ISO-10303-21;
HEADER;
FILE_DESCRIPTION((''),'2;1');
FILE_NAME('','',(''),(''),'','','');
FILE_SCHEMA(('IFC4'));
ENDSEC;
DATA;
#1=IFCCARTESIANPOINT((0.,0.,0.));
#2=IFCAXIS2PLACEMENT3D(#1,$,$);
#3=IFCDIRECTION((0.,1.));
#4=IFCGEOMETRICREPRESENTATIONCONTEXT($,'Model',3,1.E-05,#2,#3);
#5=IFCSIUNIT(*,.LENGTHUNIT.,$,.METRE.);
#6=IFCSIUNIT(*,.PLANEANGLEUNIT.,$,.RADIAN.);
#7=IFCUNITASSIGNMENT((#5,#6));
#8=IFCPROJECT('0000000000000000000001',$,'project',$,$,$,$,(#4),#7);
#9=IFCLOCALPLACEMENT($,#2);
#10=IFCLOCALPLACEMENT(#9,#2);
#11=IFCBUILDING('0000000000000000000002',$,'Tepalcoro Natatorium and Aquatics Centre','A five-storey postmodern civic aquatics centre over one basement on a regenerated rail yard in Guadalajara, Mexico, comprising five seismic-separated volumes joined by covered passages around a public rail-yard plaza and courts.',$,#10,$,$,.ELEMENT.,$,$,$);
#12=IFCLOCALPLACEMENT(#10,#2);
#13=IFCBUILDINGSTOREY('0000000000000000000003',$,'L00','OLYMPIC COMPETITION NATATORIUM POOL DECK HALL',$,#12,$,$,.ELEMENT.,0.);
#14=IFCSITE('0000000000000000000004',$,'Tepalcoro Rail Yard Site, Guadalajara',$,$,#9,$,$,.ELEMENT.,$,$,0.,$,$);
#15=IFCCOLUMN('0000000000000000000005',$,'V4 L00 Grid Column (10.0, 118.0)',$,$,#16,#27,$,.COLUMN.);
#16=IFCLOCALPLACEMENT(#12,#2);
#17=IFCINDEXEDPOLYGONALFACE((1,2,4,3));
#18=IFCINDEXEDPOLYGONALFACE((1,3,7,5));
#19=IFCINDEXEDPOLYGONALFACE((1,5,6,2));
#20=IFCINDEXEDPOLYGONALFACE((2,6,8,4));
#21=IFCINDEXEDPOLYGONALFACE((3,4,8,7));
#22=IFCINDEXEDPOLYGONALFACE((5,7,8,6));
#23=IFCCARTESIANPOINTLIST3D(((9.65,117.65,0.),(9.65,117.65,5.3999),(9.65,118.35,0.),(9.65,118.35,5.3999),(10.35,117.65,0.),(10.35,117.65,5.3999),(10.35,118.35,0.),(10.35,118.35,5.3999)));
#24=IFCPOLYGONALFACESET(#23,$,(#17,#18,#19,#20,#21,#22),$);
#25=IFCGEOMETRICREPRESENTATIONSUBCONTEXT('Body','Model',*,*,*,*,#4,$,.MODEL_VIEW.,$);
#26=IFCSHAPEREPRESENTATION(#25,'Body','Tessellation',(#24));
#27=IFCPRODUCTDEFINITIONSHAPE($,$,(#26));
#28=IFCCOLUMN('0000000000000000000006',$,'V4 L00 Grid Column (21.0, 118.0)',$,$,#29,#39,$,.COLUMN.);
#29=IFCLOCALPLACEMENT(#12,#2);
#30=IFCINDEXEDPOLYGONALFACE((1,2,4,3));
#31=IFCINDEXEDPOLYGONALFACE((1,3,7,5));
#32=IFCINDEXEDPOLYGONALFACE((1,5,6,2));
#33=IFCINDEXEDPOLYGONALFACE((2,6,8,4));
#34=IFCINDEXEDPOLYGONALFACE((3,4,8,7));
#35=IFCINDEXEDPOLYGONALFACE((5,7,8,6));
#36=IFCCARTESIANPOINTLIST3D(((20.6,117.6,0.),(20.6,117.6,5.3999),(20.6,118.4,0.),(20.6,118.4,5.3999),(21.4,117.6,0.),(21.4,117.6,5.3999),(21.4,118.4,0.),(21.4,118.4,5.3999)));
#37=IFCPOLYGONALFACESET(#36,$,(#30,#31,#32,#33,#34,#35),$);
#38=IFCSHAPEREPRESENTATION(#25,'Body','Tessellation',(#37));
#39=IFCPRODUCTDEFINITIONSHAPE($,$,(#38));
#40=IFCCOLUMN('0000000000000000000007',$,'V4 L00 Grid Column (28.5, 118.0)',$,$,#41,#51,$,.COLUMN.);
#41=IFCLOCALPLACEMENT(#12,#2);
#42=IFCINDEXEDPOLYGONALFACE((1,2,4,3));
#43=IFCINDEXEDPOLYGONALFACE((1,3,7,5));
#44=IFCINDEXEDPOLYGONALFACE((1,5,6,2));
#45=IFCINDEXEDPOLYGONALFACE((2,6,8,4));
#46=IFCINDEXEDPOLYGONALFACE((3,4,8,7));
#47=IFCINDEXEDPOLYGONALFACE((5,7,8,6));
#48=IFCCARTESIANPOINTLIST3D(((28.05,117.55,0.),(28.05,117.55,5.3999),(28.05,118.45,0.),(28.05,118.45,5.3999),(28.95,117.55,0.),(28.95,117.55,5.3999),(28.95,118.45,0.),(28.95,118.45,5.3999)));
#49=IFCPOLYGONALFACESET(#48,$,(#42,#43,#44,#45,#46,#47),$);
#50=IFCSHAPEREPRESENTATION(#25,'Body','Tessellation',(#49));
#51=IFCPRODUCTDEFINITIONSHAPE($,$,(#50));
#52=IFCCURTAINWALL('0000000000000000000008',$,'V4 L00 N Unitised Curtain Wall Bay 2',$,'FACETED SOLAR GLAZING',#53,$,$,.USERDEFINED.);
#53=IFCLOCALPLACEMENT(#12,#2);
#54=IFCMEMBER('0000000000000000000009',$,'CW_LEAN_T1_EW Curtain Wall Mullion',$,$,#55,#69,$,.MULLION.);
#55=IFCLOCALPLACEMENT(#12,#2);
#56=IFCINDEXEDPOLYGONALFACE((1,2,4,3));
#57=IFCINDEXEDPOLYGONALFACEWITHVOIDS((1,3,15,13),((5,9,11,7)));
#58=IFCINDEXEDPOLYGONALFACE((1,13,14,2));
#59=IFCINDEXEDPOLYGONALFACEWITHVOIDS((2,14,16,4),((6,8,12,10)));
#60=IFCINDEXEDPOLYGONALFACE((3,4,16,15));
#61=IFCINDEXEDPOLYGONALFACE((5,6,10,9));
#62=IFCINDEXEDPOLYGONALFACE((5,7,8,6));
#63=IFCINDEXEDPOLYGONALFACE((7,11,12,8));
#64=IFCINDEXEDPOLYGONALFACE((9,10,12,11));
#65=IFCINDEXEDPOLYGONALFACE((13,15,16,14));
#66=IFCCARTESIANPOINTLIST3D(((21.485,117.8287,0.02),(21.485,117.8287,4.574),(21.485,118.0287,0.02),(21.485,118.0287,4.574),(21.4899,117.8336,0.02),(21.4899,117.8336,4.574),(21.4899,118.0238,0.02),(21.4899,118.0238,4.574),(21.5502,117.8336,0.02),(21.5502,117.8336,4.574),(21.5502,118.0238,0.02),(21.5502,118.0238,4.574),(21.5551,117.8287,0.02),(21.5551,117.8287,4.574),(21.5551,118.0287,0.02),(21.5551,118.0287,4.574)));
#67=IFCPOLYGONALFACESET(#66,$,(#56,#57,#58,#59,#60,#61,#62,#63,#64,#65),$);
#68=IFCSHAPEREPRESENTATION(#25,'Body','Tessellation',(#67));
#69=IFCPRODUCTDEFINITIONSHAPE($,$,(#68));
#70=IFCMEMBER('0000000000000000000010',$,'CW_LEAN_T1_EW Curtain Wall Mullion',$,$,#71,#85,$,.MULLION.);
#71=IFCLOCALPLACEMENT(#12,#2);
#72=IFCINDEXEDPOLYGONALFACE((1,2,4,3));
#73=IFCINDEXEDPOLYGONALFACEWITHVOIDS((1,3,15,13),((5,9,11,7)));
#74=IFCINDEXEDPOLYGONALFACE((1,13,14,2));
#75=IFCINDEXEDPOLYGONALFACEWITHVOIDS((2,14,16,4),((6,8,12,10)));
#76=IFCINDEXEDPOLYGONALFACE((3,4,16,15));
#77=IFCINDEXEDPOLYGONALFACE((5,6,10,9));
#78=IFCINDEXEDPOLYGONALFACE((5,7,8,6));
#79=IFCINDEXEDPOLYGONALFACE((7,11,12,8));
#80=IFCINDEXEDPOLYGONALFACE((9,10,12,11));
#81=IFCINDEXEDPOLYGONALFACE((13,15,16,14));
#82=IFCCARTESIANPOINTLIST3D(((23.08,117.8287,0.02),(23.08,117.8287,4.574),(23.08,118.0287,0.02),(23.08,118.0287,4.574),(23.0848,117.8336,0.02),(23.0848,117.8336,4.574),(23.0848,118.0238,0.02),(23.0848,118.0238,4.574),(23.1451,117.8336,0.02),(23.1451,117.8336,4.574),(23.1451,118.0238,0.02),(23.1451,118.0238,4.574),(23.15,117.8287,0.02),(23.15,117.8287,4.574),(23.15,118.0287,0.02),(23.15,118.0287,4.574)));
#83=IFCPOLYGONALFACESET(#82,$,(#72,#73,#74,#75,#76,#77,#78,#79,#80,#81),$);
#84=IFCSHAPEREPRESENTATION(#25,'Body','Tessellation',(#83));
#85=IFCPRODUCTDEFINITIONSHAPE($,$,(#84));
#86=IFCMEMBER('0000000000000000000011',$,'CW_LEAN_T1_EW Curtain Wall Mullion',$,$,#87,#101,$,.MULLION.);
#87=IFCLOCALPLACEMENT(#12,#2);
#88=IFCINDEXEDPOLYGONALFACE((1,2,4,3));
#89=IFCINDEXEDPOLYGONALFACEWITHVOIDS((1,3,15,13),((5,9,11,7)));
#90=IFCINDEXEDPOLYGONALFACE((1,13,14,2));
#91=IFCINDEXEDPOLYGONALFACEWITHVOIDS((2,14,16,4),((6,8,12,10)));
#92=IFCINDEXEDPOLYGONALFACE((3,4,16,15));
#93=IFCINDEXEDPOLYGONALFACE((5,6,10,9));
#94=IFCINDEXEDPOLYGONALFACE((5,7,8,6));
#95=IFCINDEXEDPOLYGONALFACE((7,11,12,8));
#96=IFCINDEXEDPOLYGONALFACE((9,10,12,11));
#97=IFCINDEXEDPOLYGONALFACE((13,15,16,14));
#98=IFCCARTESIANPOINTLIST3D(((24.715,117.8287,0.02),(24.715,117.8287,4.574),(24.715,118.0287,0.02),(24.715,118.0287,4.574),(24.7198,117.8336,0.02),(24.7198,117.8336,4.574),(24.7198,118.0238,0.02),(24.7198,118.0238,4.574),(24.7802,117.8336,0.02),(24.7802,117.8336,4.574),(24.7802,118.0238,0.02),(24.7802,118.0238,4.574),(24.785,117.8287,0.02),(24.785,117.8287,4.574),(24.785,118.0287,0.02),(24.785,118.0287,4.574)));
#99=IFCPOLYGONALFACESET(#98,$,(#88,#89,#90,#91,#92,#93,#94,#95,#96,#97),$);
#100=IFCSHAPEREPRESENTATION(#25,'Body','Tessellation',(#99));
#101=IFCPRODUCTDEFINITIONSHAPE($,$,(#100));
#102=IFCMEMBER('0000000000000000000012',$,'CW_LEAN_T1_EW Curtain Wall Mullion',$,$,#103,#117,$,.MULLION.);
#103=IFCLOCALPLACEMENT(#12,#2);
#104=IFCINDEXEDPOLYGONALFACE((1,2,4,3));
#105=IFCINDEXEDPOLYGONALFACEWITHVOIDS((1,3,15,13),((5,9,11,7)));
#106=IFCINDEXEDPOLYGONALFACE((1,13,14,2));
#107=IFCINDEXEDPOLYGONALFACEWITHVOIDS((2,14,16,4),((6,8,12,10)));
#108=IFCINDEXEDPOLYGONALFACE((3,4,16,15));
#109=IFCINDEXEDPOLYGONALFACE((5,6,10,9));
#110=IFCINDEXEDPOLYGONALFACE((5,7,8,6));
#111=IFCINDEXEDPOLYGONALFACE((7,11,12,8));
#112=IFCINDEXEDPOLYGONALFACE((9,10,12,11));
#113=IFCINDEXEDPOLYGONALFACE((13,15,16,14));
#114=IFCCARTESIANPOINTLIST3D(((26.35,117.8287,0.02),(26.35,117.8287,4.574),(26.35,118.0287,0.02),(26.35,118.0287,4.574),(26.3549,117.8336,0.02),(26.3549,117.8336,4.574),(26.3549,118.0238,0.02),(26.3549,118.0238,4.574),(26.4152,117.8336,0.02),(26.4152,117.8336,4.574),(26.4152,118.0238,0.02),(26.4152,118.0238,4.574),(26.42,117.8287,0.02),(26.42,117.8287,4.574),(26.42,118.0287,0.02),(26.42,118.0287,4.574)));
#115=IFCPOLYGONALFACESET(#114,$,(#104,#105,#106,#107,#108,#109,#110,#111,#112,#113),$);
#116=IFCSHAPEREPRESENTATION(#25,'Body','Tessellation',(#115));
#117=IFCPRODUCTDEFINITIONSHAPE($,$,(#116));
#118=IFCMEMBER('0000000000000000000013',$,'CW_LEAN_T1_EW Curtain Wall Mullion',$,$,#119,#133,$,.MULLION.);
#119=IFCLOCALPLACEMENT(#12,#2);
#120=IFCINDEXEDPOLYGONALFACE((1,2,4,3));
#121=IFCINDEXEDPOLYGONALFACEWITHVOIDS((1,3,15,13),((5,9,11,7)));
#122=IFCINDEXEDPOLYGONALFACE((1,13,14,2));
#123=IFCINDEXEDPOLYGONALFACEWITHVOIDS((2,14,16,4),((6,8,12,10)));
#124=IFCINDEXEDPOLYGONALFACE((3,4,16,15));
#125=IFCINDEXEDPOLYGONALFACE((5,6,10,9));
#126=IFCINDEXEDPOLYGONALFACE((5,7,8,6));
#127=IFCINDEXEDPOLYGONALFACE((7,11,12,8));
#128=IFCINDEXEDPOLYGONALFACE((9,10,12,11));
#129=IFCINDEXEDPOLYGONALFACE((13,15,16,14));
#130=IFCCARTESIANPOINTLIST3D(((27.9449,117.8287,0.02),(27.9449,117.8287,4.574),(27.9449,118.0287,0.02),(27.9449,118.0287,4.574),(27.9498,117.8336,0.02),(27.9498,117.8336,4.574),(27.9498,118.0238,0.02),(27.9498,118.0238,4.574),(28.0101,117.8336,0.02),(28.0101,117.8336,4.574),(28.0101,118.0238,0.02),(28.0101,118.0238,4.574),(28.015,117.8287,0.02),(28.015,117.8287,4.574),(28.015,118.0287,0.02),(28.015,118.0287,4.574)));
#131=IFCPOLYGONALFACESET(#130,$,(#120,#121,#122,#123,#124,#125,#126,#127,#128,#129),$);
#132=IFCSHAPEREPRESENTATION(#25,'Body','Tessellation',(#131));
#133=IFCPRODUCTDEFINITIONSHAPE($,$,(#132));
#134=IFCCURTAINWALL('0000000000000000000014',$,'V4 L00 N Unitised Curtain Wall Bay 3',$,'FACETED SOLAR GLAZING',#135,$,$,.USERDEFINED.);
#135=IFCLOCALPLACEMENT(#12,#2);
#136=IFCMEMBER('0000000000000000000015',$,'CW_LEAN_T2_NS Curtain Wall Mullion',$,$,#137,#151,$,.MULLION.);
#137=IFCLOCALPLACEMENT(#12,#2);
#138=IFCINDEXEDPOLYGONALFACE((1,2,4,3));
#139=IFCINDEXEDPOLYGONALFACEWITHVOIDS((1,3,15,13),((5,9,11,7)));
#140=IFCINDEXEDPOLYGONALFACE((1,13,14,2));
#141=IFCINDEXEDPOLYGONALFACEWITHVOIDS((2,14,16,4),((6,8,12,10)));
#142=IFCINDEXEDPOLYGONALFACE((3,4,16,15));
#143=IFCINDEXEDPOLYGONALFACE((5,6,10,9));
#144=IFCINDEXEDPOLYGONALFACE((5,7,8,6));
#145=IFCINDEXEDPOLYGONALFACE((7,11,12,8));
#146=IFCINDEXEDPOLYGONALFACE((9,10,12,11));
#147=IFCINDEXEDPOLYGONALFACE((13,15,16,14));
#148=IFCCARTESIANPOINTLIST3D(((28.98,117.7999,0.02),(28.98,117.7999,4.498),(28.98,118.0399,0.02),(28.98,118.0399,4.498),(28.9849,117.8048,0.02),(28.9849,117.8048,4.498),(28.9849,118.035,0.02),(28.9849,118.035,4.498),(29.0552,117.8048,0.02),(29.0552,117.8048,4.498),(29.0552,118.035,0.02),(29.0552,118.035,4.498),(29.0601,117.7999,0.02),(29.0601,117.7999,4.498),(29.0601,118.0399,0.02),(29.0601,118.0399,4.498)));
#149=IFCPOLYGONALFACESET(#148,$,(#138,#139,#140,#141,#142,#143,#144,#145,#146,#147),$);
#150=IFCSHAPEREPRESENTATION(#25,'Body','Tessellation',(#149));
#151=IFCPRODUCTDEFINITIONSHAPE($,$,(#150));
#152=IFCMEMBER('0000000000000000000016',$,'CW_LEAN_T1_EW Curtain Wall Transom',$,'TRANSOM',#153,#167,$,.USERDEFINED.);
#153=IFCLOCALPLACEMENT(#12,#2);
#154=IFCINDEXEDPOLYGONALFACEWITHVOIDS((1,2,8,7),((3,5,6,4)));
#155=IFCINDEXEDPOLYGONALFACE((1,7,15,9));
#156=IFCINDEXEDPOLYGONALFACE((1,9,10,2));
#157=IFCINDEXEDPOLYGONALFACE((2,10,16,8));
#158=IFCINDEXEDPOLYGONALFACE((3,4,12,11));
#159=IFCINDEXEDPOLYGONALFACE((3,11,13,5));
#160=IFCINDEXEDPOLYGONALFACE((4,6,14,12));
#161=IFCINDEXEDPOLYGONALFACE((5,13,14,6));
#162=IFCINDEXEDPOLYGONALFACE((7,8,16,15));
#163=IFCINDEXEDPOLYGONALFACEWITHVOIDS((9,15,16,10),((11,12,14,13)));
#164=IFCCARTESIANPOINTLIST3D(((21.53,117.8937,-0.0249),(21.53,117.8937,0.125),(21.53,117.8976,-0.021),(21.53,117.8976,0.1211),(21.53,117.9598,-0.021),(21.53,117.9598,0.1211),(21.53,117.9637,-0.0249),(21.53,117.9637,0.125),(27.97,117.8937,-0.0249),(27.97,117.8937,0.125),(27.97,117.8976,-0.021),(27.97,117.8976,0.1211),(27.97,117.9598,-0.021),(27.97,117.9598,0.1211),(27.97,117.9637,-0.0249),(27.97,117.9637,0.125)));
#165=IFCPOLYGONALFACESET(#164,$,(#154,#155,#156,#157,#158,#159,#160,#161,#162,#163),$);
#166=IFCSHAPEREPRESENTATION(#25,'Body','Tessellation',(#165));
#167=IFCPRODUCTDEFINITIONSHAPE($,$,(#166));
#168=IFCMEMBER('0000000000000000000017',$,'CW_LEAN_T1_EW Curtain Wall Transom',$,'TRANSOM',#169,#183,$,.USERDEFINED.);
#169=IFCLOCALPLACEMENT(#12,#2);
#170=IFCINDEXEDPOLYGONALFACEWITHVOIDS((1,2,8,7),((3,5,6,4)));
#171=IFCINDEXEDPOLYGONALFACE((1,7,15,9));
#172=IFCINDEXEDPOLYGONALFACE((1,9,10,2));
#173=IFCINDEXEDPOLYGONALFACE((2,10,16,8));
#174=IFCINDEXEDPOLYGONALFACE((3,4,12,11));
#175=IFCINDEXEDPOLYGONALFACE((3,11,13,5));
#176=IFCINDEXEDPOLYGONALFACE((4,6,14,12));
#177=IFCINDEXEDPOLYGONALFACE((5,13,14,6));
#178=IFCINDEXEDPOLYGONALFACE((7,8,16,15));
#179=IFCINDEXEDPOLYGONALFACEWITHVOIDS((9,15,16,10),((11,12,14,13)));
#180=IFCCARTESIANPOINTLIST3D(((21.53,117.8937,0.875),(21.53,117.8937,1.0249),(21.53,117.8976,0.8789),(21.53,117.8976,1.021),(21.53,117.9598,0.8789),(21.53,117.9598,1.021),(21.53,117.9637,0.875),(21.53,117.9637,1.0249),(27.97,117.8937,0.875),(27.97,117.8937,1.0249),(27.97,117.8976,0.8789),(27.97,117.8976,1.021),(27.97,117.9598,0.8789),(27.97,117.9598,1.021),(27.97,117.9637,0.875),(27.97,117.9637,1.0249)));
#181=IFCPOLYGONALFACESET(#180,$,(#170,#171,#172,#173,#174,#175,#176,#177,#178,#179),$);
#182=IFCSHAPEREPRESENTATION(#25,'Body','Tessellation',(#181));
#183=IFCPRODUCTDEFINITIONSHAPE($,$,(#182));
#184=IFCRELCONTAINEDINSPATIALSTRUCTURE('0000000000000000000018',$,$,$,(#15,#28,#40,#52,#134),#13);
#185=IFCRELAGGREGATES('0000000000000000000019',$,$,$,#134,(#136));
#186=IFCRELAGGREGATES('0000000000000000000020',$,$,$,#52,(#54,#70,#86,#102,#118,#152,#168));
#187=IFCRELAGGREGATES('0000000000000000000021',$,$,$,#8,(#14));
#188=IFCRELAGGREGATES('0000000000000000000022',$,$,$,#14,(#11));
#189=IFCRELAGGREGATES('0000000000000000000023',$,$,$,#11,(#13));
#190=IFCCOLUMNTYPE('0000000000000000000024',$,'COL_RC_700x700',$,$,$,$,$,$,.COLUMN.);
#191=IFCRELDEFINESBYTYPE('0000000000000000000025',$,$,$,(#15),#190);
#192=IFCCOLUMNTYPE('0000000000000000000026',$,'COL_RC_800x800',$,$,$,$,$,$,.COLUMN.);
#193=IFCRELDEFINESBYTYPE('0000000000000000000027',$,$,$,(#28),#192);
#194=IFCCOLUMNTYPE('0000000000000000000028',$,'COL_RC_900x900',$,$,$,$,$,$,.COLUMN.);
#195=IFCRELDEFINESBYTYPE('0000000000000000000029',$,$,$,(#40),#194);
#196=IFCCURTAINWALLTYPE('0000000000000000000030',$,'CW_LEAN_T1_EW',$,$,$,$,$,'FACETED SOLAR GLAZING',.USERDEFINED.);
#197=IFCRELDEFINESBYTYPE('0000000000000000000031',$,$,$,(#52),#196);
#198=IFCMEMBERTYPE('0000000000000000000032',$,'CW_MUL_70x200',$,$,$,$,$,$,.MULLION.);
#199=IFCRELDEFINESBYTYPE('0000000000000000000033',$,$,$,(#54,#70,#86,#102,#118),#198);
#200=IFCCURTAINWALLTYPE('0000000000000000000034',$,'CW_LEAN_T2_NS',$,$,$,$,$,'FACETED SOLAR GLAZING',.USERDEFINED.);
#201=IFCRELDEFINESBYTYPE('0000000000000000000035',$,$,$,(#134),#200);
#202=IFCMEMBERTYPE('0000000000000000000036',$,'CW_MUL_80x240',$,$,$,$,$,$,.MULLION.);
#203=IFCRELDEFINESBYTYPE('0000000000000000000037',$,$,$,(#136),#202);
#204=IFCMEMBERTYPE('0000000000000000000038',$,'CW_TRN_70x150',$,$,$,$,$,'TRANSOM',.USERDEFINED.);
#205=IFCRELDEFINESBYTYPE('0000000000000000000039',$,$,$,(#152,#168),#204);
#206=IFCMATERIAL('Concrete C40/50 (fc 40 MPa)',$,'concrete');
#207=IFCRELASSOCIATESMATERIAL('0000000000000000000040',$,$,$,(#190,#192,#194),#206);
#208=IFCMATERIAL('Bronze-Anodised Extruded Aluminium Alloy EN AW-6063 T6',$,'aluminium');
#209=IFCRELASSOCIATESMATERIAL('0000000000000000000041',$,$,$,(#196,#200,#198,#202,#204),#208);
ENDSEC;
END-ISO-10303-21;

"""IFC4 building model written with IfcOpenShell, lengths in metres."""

from ifc_helpers import new_model, si_unit, direction, frame, origin, origin_2d, place, context, subcontext, project, spatial, rectangle, hollow_rectangle, extrude, material, material_profile, profile_set, type_object, element, aggregate, save


model = new_model("IFC4")

# Units and contexts
model_context = context("Model", 3, precision=1e-05, world=origin(), true_north=direction((0.0, 1.0)))
body_context = subcontext(model_context, "Body", "Model", "MODEL_VIEW")
ifc_project = project(units=[si_unit("LENGTHUNIT", "METRE"), si_unit("PLANEANGLEUNIT", "RADIAN")], contexts=[model_context])

# Site, building, storey
site_placement = place(None, origin())
site = spatial("IfcSite", under=ifc_project, at=site_placement, Name="Tepalcoro Rail Yard Site, Guadalajara", CompositionType="ELEMENT", RefElevation=0.0)
building_placement = place(site_placement, origin())
building = spatial("IfcBuilding", under=site, at=building_placement, Name="Tepalcoro Natatorium and Aquatics Centre", Description="A five-storey postmodern civic aquatics centre over one basement on a regenerated rail yard in Guadalajara, Mexico, comprising five seismic-separated volumes joined by covered passages around a public rail-yard plaza and courts.", CompositionType="ELEMENT")
storey_placement = place(building_placement, origin())
storey = spatial("IfcBuildingStorey", under=building, at=storey_placement, Name="L00", Description="OLYMPIC COMPETITION NATATORIUM POOL DECK HALL", CompositionType="ELEMENT", Elevation=0.0)

# Columns
ifc_material_1 = material(Name="Concrete C40/50 (fc 40 MPa)", Category="concrete")
ifc_material_profile_1 = material_profile(ifc_material_1, rectangle(XDim=0.7, YDim=0.7, at=origin_2d()), Name="RC700x700")
ifc_profile_set_1 = profile_set([ifc_material_profile_1], Name="Concrete C40/50 (fc 40 MPa)")
column_type_1 = type_object("IfcColumnType", Name="COL_RC_700x700", PredefinedType="COLUMN", material=ifc_profile_set_1)
column_1_placement = place(storey_placement, frame((10.0, 118.0, 0.0), z_axis=(0.0, 0.0, 1.0), x_axis=(1.0, 0.0, 0.0)))
element("IfcColumn", 1, at=column_1_placement, inside=storey, type_object=column_type_1, Name="V4 L00 Grid Column (10.0, 118.0)", PredefinedType="COLUMN", context=body_context, shape_type="SweptSolid", body=[
    extrude(rectangle(XDim=0.7, YDim=0.7, at=origin_2d()), origin(), (0.0, 0.0, 1.0), 5.3999),
])
ifc_material_profile_2 = material_profile(ifc_material_1, rectangle(XDim=0.8, YDim=0.8, at=origin_2d()), Name="RC800x800")
ifc_profile_set_2 = profile_set([ifc_material_profile_2], Name="Concrete C40/50 (fc 40 MPa)")
column_type_2 = type_object("IfcColumnType", Name="COL_RC_800x800", PredefinedType="COLUMN", material=ifc_profile_set_2)
column_2_placement = place(storey_placement, frame((21.0, 118.0, 0.0), z_axis=(0.0, 0.0, 1.0), x_axis=(1.0, 0.0, 0.0)))
element("IfcColumn", 2, at=column_2_placement, inside=storey, type_object=column_type_2, Name="V4 L00 Grid Column (21.0, 118.0)", PredefinedType="COLUMN", context=body_context, shape_type="SweptSolid", body=[
    extrude(rectangle(XDim=0.8, YDim=0.8, at=origin_2d()), origin(), (0.0, 0.0, 1.0), 5.3999),
])
ifc_material_profile_3 = material_profile(ifc_material_1, rectangle(XDim=0.8999, YDim=0.8999, at=origin_2d()), Name="RC900x900")
ifc_profile_set_3 = profile_set([ifc_material_profile_3], Name="Concrete C40/50 (fc 40 MPa)")
column_type_3 = type_object("IfcColumnType", Name="COL_RC_900x900", PredefinedType="COLUMN", material=ifc_profile_set_3)
column_3_placement = place(storey_placement, frame((28.5, 118.0, 0.0), z_axis=(0.0, 0.0, 1.0), x_axis=(1.0, 0.0, 0.0)))
element("IfcColumn", 3, at=column_3_placement, inside=storey, type_object=column_type_3, Name="V4 L00 Grid Column (28.5, 118.0)", PredefinedType="COLUMN", context=body_context, shape_type="SweptSolid", body=[
    extrude(rectangle(XDim=0.8999, YDim=0.8999, at=origin_2d()), origin(), (0.0, 0.0, 1.0), 5.3999),
])

# Curtain wall, members
ifc_material_2 = material(Name="Bronze-Anodised Extruded Aluminium Alloy EN AW-6063 T6", Category="aluminium")
curtain_wall_type_1 = type_object("IfcCurtainWallType", Name="CW_LEAN_T1_EW", ElementType="FACETED SOLAR GLAZING", PredefinedType="USERDEFINED", material=ifc_material_2)
curtain_wall_1_placement = place(storey_placement, origin())
curtain_wall_1 = element("IfcCurtainWall", 4, at=curtain_wall_1_placement, inside=storey, type_object=curtain_wall_type_1, Name="V4 L00 N Unitised Curtain Wall Bay 2", ObjectType="FACETED SOLAR GLAZING", PredefinedType="USERDEFINED")
ifc_material_profile_4 = material_profile(ifc_material_2, hollow_rectangle(XDim=0.0701, YDim=0.2, WallThickness=0.0049, at=origin_2d()), Name="AL70X200X5")
ifc_profile_set_4 = profile_set([ifc_material_profile_4], Name="Bronze-Anodised Extruded Aluminium Alloy EN AW-6063 T6")
member_type_1 = type_object("IfcMemberType", Name="CW_MUL_70x200", PredefinedType="MULLION", material=ifc_profile_set_4)
member_1_placement = place(storey_placement, frame((21.52, 117.9287, 0.02), z_axis=(0.0, 0.0, 1.0), x_axis=(1.0, 0.0, 0.0)))
member_1 = element("IfcMember", 5, at=member_1_placement, type_object=member_type_1, Name="CW_LEAN_T1_EW Curtain Wall Mullion", PredefinedType="MULLION", context=body_context, shape_type="SweptSolid", body=[
    extrude(hollow_rectangle(XDim=0.0701, YDim=0.2, WallThickness=0.0049, at=origin_2d()), origin(), (0.0, 0.0, 1.0), 4.554),
])
member_2_placement = place(storey_placement, frame((23.115, 117.9287, 0.02), z_axis=(0.0, 0.0, 1.0), x_axis=(1.0, 0.0, 0.0)))
member_2 = element("IfcMember", 6, at=member_2_placement, type_object=member_type_1, Name="CW_LEAN_T1_EW Curtain Wall Mullion", PredefinedType="MULLION", context=body_context, shape_type="SweptSolid", body=[
    extrude(hollow_rectangle(XDim=0.0701, YDim=0.2, WallThickness=0.0049, at=origin_2d()), origin(), (0.0, 0.0, 1.0), 4.554),
])
member_3_placement = place(storey_placement, frame((24.75, 117.9287, 0.02), z_axis=(0.0, 0.0, 1.0), x_axis=(1.0, 0.0, 0.0)))
member_3 = element("IfcMember", 7, at=member_3_placement, type_object=member_type_1, Name="CW_LEAN_T1_EW Curtain Wall Mullion", PredefinedType="MULLION", context=body_context, shape_type="SweptSolid", body=[
    extrude(hollow_rectangle(XDim=0.0701, YDim=0.2, WallThickness=0.0049, at=origin_2d()), origin(), (0.0, 0.0, 1.0), 4.554),
])
member_4_placement = place(storey_placement, frame((26.385, 117.9287, 0.02), z_axis=(0.0, 0.0, 1.0), x_axis=(1.0, 0.0, 0.0)))
member_4 = element("IfcMember", 8, at=member_4_placement, type_object=member_type_1, Name="CW_LEAN_T1_EW Curtain Wall Mullion", PredefinedType="MULLION", context=body_context, shape_type="SweptSolid", body=[
    extrude(hollow_rectangle(XDim=0.0701, YDim=0.2, WallThickness=0.0049, at=origin_2d()), origin(), (0.0, 0.0, 1.0), 4.554),
])
member_5_placement = place(storey_placement, frame((27.98, 117.9287, 0.02), z_axis=(0.0, 0.0, 1.0), x_axis=(1.0, 0.0, 0.0)))
member_5 = element("IfcMember", 9, at=member_5_placement, type_object=member_type_1, Name="CW_LEAN_T1_EW Curtain Wall Mullion", PredefinedType="MULLION", context=body_context, shape_type="SweptSolid", body=[
    extrude(hollow_rectangle(XDim=0.0701, YDim=0.2, WallThickness=0.0049, at=origin_2d()), origin(), (0.0, 0.0, 1.0), 4.554),
])

# Curtain wall, member
curtain_wall_type_2 = type_object("IfcCurtainWallType", Name="CW_LEAN_T2_NS", ElementType="FACETED SOLAR GLAZING", PredefinedType="USERDEFINED", material=ifc_material_2)
curtain_wall_2_placement = place(storey_placement, origin())
curtain_wall_2 = element("IfcCurtainWall", 10, at=curtain_wall_2_placement, inside=storey, type_object=curtain_wall_type_2, Name="V4 L00 N Unitised Curtain Wall Bay 3", ObjectType="FACETED SOLAR GLAZING", PredefinedType="USERDEFINED")
ifc_material_profile_5 = material_profile(ifc_material_2, hollow_rectangle(XDim=0.0801, YDim=0.24, WallThickness=0.0049, at=origin_2d()), Name="AL80X240X5")
ifc_profile_set_5 = profile_set([ifc_material_profile_5], Name="Bronze-Anodised Extruded Aluminium Alloy EN AW-6063 T6")
member_type_2 = type_object("IfcMemberType", Name="CW_MUL_80x240", PredefinedType="MULLION", material=ifc_profile_set_5)
member_6_placement = place(storey_placement, frame((29.02, 117.9199, 0.02), z_axis=(0.0, 0.0, 1.0), x_axis=(1.0, 0.0, 0.0)))
member_6 = element("IfcMember", 11, at=member_6_placement, type_object=member_type_2, Name="CW_LEAN_T2_NS Curtain Wall Mullion", PredefinedType="MULLION", context=body_context, shape_type="SweptSolid", body=[
    extrude(hollow_rectangle(XDim=0.0801, YDim=0.24, WallThickness=0.0049, at=origin_2d()), origin(), (0.0, 0.0, 1.0), 4.478),
])

# Members
ifc_material_profile_6 = material_profile(ifc_material_2, hollow_rectangle(XDim=0.0701, YDim=0.1499, WallThickness=0.0039, at=origin_2d()), Name="AL70X150X4")
ifc_profile_set_6 = profile_set([ifc_material_profile_6], Name="Bronze-Anodised Extruded Aluminium Alloy EN AW-6063 T6")
member_type_3 = type_object("IfcMemberType", Name="CW_TRN_70x150", ElementType="TRANSOM", PredefinedType="USERDEFINED", material=ifc_profile_set_6)
member_7_placement = place(storey_placement, frame((21.53, 117.9287, 0.05), z_axis=(1.0, 0.0, 0.0), x_axis=(0.0, 1.0, 0.0)))
member_7 = element("IfcMember", 12, at=member_7_placement, type_object=member_type_3, Name="CW_LEAN_T1_EW Curtain Wall Transom", ObjectType="TRANSOM", PredefinedType="USERDEFINED", context=body_context, shape_type="SweptSolid", body=[
    extrude(hollow_rectangle(XDim=0.0701, YDim=0.1499, WallThickness=0.0039, at=origin_2d()), origin(), (0.0, 0.0, 1.0), 6.4399),
])
member_8_placement = place(storey_placement, frame((21.53, 117.9287, 0.95), z_axis=(1.0, 0.0, 0.0), x_axis=(0.0, 1.0, 0.0)))
member_8 = element("IfcMember", 13, at=member_8_placement, type_object=member_type_3, Name="CW_LEAN_T1_EW Curtain Wall Transom", ObjectType="TRANSOM", PredefinedType="USERDEFINED", context=body_context, shape_type="SweptSolid", body=[
    extrude(hollow_rectangle(XDim=0.0701, YDim=0.1499, WallThickness=0.0039, at=origin_2d()), origin(), (0.0, 0.0, 1.0), 6.4399),
])
aggregate(curtain_wall_2, [member_6])

aggregate(curtain_wall_1, [member_1, member_2, member_3, member_4, member_5, member_7, member_8])

save(model, "model.ifc")
